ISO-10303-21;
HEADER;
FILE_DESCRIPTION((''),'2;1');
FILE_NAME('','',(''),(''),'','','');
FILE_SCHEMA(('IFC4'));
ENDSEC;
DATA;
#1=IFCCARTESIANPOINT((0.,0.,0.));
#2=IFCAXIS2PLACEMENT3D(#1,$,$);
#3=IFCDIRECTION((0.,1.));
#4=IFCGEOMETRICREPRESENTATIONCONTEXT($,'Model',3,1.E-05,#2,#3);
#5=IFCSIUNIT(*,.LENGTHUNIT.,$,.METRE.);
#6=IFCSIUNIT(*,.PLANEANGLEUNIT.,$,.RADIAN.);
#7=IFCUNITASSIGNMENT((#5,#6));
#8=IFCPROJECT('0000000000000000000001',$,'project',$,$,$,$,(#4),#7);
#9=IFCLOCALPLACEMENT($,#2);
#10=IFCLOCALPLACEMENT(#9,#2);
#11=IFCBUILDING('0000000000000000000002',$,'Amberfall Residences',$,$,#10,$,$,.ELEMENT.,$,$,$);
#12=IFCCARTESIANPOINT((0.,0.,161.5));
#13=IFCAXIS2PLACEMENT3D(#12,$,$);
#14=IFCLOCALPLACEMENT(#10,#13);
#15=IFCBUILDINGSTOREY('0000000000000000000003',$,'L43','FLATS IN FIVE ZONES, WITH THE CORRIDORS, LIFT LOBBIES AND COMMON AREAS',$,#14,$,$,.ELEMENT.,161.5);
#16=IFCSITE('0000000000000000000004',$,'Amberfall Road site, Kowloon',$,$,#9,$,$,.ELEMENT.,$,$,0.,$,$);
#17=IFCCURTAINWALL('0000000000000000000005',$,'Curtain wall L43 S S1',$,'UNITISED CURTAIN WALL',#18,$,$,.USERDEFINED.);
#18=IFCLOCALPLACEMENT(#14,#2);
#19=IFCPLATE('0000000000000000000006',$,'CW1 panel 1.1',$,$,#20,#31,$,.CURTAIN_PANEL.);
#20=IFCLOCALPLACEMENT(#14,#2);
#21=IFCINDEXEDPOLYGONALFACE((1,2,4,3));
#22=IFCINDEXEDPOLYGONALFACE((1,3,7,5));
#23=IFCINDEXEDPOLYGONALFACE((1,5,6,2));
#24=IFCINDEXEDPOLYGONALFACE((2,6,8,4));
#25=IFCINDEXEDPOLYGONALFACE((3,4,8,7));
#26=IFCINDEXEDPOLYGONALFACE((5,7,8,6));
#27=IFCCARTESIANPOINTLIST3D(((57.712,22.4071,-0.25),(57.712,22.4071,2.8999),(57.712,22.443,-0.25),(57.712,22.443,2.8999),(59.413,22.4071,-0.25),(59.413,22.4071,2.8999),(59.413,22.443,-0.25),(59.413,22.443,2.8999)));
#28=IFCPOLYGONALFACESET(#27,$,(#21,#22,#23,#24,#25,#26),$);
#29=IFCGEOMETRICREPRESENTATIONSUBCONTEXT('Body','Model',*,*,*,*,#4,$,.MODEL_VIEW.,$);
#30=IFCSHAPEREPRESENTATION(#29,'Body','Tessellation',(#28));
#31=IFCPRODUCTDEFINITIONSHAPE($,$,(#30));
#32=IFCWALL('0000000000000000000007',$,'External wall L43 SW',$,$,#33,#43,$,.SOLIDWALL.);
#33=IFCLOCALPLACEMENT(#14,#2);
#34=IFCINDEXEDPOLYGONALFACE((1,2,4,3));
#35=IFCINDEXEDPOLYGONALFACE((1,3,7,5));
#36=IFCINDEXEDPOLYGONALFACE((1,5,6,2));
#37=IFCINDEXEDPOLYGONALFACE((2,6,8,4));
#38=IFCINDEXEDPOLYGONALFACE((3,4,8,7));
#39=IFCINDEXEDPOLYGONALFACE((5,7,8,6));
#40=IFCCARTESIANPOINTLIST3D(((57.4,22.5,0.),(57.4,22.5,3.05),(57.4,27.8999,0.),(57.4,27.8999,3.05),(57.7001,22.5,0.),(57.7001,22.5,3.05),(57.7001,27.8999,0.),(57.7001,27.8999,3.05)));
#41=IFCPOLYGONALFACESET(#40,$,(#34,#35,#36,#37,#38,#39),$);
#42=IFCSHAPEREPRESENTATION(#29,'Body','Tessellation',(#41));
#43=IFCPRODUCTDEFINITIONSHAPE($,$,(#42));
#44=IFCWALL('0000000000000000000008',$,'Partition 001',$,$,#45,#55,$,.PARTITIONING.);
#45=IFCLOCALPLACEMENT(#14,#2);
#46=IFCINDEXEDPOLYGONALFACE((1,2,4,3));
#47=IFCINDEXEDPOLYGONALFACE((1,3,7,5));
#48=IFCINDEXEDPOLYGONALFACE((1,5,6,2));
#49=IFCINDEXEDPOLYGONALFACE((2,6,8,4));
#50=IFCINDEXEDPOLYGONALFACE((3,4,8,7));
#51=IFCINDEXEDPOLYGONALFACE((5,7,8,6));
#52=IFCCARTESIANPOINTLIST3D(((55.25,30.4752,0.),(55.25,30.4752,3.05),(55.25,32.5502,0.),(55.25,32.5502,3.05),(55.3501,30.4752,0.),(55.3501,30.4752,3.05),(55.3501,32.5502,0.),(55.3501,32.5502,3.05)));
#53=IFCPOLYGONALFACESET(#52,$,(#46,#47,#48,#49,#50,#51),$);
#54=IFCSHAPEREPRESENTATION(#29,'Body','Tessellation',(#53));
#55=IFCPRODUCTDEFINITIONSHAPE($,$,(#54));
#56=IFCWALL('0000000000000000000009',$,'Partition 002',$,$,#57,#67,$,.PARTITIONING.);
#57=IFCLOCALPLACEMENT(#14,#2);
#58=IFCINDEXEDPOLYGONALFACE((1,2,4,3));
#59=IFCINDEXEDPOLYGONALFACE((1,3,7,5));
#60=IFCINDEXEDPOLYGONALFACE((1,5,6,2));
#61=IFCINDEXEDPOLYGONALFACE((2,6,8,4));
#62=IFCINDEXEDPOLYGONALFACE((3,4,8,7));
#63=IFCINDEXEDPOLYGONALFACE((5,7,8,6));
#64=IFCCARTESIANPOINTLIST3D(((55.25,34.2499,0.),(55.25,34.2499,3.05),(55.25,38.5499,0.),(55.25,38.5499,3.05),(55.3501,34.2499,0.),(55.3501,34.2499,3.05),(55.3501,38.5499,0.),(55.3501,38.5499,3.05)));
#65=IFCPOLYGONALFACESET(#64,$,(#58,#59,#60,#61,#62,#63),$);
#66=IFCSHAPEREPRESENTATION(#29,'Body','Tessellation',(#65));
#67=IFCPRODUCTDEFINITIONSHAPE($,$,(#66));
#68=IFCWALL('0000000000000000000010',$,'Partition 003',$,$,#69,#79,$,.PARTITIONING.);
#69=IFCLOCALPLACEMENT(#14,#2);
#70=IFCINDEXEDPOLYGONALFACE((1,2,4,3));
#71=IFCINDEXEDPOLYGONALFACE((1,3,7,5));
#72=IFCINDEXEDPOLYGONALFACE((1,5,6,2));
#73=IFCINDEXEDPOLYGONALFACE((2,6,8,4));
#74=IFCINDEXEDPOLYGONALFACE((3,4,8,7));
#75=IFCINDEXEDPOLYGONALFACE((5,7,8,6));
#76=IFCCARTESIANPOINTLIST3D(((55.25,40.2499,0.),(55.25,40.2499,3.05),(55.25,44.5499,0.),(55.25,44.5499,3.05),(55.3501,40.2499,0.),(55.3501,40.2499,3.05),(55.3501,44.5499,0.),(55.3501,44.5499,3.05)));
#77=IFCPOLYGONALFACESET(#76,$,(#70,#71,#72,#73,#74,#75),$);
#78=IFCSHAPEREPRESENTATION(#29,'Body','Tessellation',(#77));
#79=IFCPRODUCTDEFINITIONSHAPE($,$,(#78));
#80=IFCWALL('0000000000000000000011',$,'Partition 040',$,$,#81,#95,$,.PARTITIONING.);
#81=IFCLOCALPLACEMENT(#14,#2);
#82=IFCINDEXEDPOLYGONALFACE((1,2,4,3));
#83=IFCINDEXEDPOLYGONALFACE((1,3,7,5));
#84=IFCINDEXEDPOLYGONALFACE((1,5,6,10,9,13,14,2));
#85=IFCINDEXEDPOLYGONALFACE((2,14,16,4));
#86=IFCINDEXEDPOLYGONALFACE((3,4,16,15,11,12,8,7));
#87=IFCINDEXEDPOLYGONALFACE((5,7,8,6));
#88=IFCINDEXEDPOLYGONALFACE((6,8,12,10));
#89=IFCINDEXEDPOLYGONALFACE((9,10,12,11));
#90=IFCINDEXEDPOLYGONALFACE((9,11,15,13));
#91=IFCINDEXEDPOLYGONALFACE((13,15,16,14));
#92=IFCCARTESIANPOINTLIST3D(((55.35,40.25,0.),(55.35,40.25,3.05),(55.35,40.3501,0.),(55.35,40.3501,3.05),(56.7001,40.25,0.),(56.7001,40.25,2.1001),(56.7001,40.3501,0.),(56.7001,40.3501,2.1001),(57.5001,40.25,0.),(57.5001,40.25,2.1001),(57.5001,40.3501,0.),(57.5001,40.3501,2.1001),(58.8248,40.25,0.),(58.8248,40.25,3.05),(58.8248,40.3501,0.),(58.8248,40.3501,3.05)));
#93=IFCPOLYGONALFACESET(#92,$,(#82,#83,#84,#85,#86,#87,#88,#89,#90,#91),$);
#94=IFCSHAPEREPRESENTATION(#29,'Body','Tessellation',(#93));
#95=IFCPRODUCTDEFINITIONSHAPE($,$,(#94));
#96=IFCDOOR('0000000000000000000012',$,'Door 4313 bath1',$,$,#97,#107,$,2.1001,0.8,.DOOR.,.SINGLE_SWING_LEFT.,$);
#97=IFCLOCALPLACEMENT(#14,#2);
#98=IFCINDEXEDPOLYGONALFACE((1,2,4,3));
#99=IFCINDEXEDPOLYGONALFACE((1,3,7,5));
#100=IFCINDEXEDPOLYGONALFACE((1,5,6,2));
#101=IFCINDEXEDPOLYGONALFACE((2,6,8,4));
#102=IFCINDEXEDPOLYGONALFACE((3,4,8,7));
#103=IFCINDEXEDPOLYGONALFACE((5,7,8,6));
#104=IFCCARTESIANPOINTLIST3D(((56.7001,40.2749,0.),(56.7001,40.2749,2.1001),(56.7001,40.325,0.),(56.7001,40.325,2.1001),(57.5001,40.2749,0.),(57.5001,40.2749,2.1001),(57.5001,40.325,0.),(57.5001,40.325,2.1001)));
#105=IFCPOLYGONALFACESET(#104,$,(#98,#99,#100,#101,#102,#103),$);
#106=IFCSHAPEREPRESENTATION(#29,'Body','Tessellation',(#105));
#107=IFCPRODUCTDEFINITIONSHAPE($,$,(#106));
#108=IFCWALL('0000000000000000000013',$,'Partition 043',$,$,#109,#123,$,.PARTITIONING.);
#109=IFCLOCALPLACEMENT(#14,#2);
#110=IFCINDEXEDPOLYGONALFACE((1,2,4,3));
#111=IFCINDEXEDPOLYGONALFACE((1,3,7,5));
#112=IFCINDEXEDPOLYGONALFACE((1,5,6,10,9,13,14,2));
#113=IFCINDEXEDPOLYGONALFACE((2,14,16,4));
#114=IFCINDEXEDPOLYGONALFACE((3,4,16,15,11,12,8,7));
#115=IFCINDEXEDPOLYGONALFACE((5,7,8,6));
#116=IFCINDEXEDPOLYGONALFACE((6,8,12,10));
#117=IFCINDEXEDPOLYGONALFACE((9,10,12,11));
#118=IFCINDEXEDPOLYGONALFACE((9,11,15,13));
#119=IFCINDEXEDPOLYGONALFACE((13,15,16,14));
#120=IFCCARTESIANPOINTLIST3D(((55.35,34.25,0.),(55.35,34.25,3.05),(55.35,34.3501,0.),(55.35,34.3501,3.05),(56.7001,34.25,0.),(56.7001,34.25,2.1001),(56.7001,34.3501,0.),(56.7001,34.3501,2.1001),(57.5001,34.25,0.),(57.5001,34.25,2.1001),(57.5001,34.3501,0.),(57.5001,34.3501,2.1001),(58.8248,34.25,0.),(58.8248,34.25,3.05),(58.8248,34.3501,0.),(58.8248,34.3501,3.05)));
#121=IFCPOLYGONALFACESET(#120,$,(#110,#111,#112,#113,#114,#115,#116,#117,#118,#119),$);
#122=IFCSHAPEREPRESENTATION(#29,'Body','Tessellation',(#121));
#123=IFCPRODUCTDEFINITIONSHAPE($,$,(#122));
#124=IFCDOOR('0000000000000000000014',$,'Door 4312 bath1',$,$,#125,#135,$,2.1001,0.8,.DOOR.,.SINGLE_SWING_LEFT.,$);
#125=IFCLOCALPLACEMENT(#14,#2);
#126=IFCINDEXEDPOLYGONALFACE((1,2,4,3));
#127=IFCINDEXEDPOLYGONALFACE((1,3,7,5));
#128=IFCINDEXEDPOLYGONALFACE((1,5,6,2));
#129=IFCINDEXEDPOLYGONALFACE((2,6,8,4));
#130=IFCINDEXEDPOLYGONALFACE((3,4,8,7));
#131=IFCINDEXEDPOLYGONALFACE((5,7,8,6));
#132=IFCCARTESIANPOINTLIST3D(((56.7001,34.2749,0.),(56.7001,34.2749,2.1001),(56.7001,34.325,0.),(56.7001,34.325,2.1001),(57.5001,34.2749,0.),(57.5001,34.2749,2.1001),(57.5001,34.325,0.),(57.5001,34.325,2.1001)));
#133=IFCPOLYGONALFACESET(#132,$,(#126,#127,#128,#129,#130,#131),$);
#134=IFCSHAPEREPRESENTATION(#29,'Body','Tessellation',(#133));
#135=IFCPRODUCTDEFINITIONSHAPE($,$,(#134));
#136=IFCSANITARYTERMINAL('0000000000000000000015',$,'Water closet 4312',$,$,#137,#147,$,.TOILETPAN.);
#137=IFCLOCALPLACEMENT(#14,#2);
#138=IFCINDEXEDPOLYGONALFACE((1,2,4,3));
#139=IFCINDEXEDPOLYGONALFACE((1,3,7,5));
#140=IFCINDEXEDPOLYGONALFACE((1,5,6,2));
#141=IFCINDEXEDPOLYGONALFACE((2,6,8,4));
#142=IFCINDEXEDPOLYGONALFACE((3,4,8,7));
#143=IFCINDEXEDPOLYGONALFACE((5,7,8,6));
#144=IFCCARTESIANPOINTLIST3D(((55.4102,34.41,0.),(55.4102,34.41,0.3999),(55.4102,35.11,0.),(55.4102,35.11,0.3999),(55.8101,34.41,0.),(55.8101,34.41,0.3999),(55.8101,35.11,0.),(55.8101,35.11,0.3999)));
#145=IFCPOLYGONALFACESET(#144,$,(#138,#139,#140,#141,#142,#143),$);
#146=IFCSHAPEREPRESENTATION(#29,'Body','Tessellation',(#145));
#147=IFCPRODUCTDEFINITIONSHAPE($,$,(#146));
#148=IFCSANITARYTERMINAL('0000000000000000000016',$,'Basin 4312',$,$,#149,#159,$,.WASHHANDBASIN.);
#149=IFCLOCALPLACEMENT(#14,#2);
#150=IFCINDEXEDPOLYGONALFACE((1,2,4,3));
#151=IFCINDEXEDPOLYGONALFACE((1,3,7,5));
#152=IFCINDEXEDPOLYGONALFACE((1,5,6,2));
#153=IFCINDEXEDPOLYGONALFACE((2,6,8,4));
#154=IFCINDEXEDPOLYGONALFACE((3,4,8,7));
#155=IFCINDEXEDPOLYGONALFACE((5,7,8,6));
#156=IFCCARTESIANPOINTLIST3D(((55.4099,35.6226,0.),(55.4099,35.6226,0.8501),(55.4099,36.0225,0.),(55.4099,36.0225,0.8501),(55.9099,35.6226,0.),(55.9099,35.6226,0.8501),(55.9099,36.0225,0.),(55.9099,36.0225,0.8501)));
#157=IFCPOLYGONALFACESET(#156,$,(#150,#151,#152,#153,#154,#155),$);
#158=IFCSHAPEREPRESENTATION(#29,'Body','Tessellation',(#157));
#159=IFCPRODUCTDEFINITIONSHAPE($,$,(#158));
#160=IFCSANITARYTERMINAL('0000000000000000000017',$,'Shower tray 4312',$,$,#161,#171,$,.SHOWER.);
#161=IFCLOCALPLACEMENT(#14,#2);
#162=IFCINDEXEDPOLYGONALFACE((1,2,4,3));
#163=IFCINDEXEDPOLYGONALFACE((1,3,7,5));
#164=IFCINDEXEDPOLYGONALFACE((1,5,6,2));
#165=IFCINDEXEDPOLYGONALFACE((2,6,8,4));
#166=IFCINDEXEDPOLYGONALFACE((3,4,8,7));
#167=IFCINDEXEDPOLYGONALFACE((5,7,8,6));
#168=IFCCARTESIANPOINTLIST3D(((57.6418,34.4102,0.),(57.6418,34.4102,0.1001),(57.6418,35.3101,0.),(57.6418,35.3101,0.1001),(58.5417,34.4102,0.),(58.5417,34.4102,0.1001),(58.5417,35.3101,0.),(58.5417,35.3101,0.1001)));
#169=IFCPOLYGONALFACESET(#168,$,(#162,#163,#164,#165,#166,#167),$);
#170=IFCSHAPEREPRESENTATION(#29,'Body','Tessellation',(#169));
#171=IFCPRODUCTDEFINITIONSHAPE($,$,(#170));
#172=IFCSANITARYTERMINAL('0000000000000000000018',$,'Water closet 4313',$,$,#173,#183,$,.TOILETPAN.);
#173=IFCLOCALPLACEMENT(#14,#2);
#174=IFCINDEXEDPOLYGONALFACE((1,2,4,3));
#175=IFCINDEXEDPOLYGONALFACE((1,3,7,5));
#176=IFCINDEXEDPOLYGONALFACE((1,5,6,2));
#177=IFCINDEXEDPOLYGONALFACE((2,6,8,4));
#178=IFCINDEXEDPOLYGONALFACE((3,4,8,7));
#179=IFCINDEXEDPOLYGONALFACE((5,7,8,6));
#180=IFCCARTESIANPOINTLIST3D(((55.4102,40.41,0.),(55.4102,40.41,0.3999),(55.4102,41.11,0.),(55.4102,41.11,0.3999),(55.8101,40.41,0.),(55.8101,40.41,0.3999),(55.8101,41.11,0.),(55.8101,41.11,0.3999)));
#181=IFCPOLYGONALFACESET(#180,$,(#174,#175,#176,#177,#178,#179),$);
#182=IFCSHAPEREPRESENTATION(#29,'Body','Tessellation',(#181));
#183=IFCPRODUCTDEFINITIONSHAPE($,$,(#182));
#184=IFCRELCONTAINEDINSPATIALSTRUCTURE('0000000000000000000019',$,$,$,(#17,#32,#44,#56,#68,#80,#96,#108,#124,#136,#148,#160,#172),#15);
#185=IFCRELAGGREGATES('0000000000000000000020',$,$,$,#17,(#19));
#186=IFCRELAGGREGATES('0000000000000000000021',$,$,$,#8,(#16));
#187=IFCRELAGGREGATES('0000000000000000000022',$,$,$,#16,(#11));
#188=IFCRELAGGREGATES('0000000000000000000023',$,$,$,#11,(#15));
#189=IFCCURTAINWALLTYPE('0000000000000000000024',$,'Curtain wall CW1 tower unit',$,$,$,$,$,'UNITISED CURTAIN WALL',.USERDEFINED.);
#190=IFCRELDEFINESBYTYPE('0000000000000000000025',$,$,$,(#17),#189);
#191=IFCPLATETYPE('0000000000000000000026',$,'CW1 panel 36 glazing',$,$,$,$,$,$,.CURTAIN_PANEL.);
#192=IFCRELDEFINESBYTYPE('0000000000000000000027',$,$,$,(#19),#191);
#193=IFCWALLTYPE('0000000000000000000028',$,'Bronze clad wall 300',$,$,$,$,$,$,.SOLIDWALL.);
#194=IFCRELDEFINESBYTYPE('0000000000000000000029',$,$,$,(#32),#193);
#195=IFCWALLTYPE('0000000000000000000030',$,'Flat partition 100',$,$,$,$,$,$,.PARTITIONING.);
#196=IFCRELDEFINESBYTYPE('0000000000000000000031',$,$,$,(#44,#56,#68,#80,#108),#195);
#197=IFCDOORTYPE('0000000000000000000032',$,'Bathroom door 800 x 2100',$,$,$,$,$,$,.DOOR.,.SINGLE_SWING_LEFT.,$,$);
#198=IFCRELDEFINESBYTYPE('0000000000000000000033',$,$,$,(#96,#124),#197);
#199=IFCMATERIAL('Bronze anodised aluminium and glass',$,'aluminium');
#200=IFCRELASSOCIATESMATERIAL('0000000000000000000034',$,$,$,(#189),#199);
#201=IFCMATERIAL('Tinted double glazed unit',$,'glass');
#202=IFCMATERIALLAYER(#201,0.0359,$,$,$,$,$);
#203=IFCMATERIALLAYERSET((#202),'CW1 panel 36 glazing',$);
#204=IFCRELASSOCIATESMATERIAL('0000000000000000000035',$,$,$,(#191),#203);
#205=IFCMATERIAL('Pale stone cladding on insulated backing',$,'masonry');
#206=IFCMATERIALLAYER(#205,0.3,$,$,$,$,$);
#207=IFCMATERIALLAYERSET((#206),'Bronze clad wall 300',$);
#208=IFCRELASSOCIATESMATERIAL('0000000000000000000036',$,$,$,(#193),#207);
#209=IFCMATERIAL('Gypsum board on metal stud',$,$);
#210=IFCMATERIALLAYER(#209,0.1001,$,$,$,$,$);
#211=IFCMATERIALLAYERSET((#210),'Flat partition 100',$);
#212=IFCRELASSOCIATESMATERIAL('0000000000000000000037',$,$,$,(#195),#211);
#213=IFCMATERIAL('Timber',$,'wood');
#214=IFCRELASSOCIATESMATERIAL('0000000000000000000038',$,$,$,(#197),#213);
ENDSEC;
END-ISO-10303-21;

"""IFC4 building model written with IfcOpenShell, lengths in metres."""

from ifc_helpers import new_model, si_unit, direction, frame, frame_2d, origin, origin_2d, place, context, subcontext, project, spatial, rectangle, extrude, material, layer, layer_set, type_object, element, fill, aggregate, save


model = new_model("IFC4")

# Units and contexts
model_context = context("Model", 3, precision=1e-05, world=origin(), true_north=direction((0.0, 1.0)))
body_context = subcontext(model_context, "Body", "Model", "MODEL_VIEW")
ifc_project = project(units=[si_unit("LENGTHUNIT", "METRE"), si_unit("PLANEANGLEUNIT", "RADIAN")], contexts=[model_context])

# Site, building, storey
site_placement = place(None, origin())
site = spatial("IfcSite", under=ifc_project, at=site_placement, Name="Amberfall Road site, Kowloon", CompositionType="ELEMENT", RefElevation=0.0)
building_placement = place(site_placement, origin())
building = spatial("IfcBuilding", under=site, at=building_placement, Name="Amberfall Residences", CompositionType="ELEMENT")
storey_placement = place(building_placement, frame((0.0, 0.0, 161.5)))
storey = spatial("IfcBuildingStorey", under=building, at=storey_placement, Name="L43", Description="FLATS IN FIVE ZONES, WITH THE CORRIDORS, LIFT LOBBIES AND COMMON AREAS", CompositionType="ELEMENT", Elevation=161.5)

# Curtain wall
ifc_material_1 = material(Name="Bronze anodised aluminium and glass", Category="aluminium")
curtain_wall_type = type_object("IfcCurtainWallType", Name="Curtain wall CW1 tower unit", ElementType="UNITISED CURTAIN WALL", PredefinedType="USERDEFINED", material=ifc_material_1)
curtain_wall_placement = place(storey_placement, origin())
curtain_wall = element("IfcCurtainWall", 1, at=curtain_wall_placement, inside=storey, type_object=curtain_wall_type, Name="Curtain wall L43 S S1", ObjectType="UNITISED CURTAIN WALL", PredefinedType="USERDEFINED")

# Plate
ifc_material_2 = material(Name="Tinted double glazed unit", Category="glass")
ifc_layer_1 = layer(ifc_material_2, 0.0359)
ifc_layer_set_1 = layer_set([ifc_layer_1], Name="CW1 panel 36 glazing")
plate_type = type_object("IfcPlateType", Name="CW1 panel 36 glazing", PredefinedType="CURTAIN_PANEL", material=ifc_layer_set_1)
plate_placement = place(storey_placement, frame((58.5625, 22.425, -0.25), z_axis=(0.0, 0.0, 1.0), x_axis=(1.0, 0.0, 0.0)))
plate = element("IfcPlate", 2, at=plate_placement, type_object=plate_type, Name="CW1 panel 1.1", PredefinedType="CURTAIN_PANEL", context=body_context, shape_type="SweptSolid", body=[
    extrude(rectangle(XDim=1.7009, YDim=0.0359, at=origin_2d()), origin(), (0.0, 0.0, 1.0), 3.1499),
])
aggregate(curtain_wall, [plate])

# Walls
ifc_material_3 = material(Name="Pale stone cladding on insulated backing", Category="masonry")
ifc_layer_2 = layer(ifc_material_3, 0.3)
ifc_layer_set_2 = layer_set([ifc_layer_2], Name="Bronze clad wall 300")
wall_type_1 = type_object("IfcWallType", Name="Bronze clad wall 300", PredefinedType="SOLIDWALL", material=ifc_layer_set_2)
wall_1_placement = place(storey_placement, frame((57.55, 27.8999, 0.0), z_axis=(0.0, 0.0, 1.0), x_axis=(0.0, -1.0, 0.0)))
element("IfcWall", 3, at=wall_1_placement, inside=storey, type_object=wall_type_1, Name="External wall L43 SW", PredefinedType="SOLIDWALL", context=body_context, shape_type="SweptSolid", body=[
    extrude(rectangle(XDim=5.3999, YDim=0.3, at=frame_2d((2.7, 0.0))), origin(), (0.0, 0.0, 1.0), 3.05),
])
ifc_material_4 = material(Name="Gypsum board on metal stud")
ifc_layer_3 = layer(ifc_material_4, 0.1001)
ifc_layer_set_3 = layer_set([ifc_layer_3], Name="Flat partition 100")
wall_type_2 = type_object("IfcWallType", Name="Flat partition 100", PredefinedType="PARTITIONING", material=ifc_layer_set_3)
wall_2_placement = place(storey_placement, frame((55.3, 30.4751, 0.0), z_axis=(0.0, 0.0, 1.0), x_axis=(0.0, 1.0, 0.0)))
element("IfcWall", 4, at=wall_2_placement, inside=storey, type_object=wall_type_2, Name="Partition 001", PredefinedType="PARTITIONING", context=body_context, shape_type="SweptSolid", body=[
    extrude(rectangle(XDim=2.075, YDim=0.1001, at=frame_2d((1.0376, 0.0))), origin(), (0.0, 0.0, 1.0), 3.05),
])
for number, where, z_axis, x_axis, name in (
    (5, (55.3, 34.25, 0.0), (0.0, 0.0, 1.0), (0.0, 1.0, 0.0), "Partition 002"),
    (6, (55.3, 40.25, 0.0), (0.0, 0.0, 1.0), (0.0, 1.0, 0.0), "Partition 003"),
):
    element("IfcWall", number, at=place(storey_placement, frame(where, z_axis=z_axis, x_axis=x_axis)), inside=storey, type_object=wall_type_2, Name=name, PredefinedType="PARTITIONING", context=body_context, shape_type="SweptSolid", body=[
        extrude(rectangle(XDim=4.3, YDim=0.1001, at=frame_2d((2.1499, 0.0))), origin(), (0.0, 0.0, 1.0), 3.05),
    ])

# Walls, openings, doors
wall_3_placement = place(storey_placement, frame((55.3501, 40.3, 0.0), z_axis=(0.0, 0.0, 1.0), x_axis=(1.0, 0.0, 0.0)))
wall_3 = element("IfcWall", 7, at=wall_3_placement, inside=storey, type_object=wall_type_2, Name="Partition 040", PredefinedType="PARTITIONING", context=body_context, shape_type="SweptSolid", body=[
    extrude(rectangle(XDim=3.4749, YDim=0.1001, at=frame_2d((1.7373, 0.0))), origin(), (0.0, 0.0, 1.0), 3.05),
])
opening_1_placement = place(wall_3_placement, frame((1.3501, 0.0, 0.0)))
opening_1 = element("IfcOpeningElement", 8, at=opening_1_placement, cuts=wall_3, PredefinedType="OPENING", context=body_context, shape_type="SweptSolid", body=[
    extrude(rectangle(XDim=0.8, YDim=2.1001, at=frame_2d((0.3999, 1.05))), frame((0.0, 0.0601, 0.0), z_axis=(0.0, -1.0, 0.0), x_axis=(1.0, 0.0, 0.0)), (0.0, 0.0, 1.0), 0.1201),
])
ifc_material_5 = material(Name="Timber", Category="wood")
door_type = type_object("IfcDoorType", Name="Bathroom door 800 x 2100", OperationType="SINGLE_SWING_LEFT", PredefinedType="DOOR", material=ifc_material_5)
door_1_placement = place(opening_1_placement, origin())
door_1 = element("IfcDoor", 9, at=door_1_placement, inside=storey, type_object=door_type, Name="Door 4313 bath1", OperationType="SINGLE_SWING_LEFT", OverallHeight=2.1001, OverallWidth=0.8, PredefinedType="DOOR", context=body_context, shape_type="SweptSolid", body=[
    extrude(rectangle(XDim=0.8, YDim=2.1001, at=frame_2d((0.3999, 1.05))), frame((0.0, 0.0249, 0.0), z_axis=(0.0, -1.0, 0.0), x_axis=(1.0, 0.0, 0.0)), (0.0, 0.0, 1.0), 0.05),
])
fill(opening_1, door_1)
wall_4_placement = place(storey_placement, frame((55.3501, 34.3, 0.0), z_axis=(0.0, 0.0, 1.0), x_axis=(1.0, 0.0, 0.0)))
wall_4 = element("IfcWall", 10, at=wall_4_placement, inside=storey, type_object=wall_type_2, Name="Partition 043", PredefinedType="PARTITIONING", context=body_context, shape_type="SweptSolid", body=[
    extrude(rectangle(XDim=3.4749, YDim=0.1001, at=frame_2d((1.7373, 0.0))), origin(), (0.0, 0.0, 1.0), 3.05),
])
opening_2_placement = place(wall_4_placement, frame((1.3501, 0.0, 0.0)))
opening_2 = element("IfcOpeningElement", 11, at=opening_2_placement, cuts=wall_4, PredefinedType="OPENING", context=body_context, shape_type="SweptSolid", body=[
    extrude(rectangle(XDim=0.8, YDim=2.1001, at=frame_2d((0.3999, 1.05))), frame((0.0, 0.0601, 0.0), z_axis=(0.0, -1.0, 0.0), x_axis=(1.0, 0.0, 0.0)), (0.0, 0.0, 1.0), 0.1201),
])
door_2_placement = place(opening_2_placement, origin())
door_2 = element("IfcDoor", 12, at=door_2_placement, inside=storey, type_object=door_type, Name="Door 4312 bath1", OperationType="SINGLE_SWING_LEFT", OverallHeight=2.1001, OverallWidth=0.8, PredefinedType="DOOR", context=body_context, shape_type="SweptSolid", body=[
    extrude(rectangle(XDim=0.8, YDim=2.1001, at=frame_2d((0.3999, 1.05))), frame((0.0, 0.0249, 0.0), z_axis=(0.0, -1.0, 0.0), x_axis=(1.0, 0.0, 0.0)), (0.0, 0.0, 1.0), 0.05),
])
fill(opening_2, door_2)

# Sanitary terminals
sanitary_terminal_1_placement = place(storey_placement, frame((55.6101, 34.76, 0.0), z_axis=(0.0, 0.0, 1.0), x_axis=(1.0, 0.0, 0.0)))
element("IfcSanitaryTerminal", 13, at=sanitary_terminal_1_placement, inside=storey, Name="Water closet 4312", PredefinedType="TOILETPAN", context=body_context, shape_type="SweptSolid", body=[
    extrude(rectangle(XDim=0.3999, YDim=0.7, at=origin_2d()), origin(), (0.0, 0.0, 1.0), 0.3999),
])
sanitary_terminal_2_placement = place(storey_placement, frame((55.6599, 35.8225, 0.0), z_axis=(0.0, 0.0, 1.0), x_axis=(1.0, 0.0, 0.0)))
element("IfcSanitaryTerminal", 14, at=sanitary_terminal_2_placement, inside=storey, Name="Basin 4312", PredefinedType="WASHHANDBASIN", context=body_context, shape_type="SweptSolid", body=[
    extrude(rectangle(XDim=0.5, YDim=0.3999, at=origin_2d()), origin(), (0.0, 0.0, 1.0), 0.8501),
])
sanitary_terminal_3_placement = place(storey_placement, frame((58.0918, 34.8601, 0.0), z_axis=(0.0, 0.0, 1.0), x_axis=(1.0, 0.0, 0.0)))
element("IfcSanitaryTerminal", 15, at=sanitary_terminal_3_placement, inside=storey, Name="Shower tray 4312", PredefinedType="SHOWER", context=body_context, shape_type="SweptSolid", body=[
    extrude(rectangle(XDim=0.8999, YDim=0.8999, at=origin_2d()), origin(), (0.0, 0.0, 1.0), 0.1001),
])
sanitary_terminal_4_placement = place(storey_placement, frame((55.6101, 40.76, 0.0), z_axis=(0.0, 0.0, 1.0), x_axis=(1.0, 0.0, 0.0)))
element("IfcSanitaryTerminal", 16, at=sanitary_terminal_4_placement, inside=storey, Name="Water closet 4313", PredefinedType="TOILETPAN", context=body_context, shape_type="SweptSolid", body=[
    extrude(rectangle(XDim=0.3999, YDim=0.7, at=origin_2d()), origin(), (0.0, 0.0, 1.0), 0.3999),
])

save(model, "model.ifc")
